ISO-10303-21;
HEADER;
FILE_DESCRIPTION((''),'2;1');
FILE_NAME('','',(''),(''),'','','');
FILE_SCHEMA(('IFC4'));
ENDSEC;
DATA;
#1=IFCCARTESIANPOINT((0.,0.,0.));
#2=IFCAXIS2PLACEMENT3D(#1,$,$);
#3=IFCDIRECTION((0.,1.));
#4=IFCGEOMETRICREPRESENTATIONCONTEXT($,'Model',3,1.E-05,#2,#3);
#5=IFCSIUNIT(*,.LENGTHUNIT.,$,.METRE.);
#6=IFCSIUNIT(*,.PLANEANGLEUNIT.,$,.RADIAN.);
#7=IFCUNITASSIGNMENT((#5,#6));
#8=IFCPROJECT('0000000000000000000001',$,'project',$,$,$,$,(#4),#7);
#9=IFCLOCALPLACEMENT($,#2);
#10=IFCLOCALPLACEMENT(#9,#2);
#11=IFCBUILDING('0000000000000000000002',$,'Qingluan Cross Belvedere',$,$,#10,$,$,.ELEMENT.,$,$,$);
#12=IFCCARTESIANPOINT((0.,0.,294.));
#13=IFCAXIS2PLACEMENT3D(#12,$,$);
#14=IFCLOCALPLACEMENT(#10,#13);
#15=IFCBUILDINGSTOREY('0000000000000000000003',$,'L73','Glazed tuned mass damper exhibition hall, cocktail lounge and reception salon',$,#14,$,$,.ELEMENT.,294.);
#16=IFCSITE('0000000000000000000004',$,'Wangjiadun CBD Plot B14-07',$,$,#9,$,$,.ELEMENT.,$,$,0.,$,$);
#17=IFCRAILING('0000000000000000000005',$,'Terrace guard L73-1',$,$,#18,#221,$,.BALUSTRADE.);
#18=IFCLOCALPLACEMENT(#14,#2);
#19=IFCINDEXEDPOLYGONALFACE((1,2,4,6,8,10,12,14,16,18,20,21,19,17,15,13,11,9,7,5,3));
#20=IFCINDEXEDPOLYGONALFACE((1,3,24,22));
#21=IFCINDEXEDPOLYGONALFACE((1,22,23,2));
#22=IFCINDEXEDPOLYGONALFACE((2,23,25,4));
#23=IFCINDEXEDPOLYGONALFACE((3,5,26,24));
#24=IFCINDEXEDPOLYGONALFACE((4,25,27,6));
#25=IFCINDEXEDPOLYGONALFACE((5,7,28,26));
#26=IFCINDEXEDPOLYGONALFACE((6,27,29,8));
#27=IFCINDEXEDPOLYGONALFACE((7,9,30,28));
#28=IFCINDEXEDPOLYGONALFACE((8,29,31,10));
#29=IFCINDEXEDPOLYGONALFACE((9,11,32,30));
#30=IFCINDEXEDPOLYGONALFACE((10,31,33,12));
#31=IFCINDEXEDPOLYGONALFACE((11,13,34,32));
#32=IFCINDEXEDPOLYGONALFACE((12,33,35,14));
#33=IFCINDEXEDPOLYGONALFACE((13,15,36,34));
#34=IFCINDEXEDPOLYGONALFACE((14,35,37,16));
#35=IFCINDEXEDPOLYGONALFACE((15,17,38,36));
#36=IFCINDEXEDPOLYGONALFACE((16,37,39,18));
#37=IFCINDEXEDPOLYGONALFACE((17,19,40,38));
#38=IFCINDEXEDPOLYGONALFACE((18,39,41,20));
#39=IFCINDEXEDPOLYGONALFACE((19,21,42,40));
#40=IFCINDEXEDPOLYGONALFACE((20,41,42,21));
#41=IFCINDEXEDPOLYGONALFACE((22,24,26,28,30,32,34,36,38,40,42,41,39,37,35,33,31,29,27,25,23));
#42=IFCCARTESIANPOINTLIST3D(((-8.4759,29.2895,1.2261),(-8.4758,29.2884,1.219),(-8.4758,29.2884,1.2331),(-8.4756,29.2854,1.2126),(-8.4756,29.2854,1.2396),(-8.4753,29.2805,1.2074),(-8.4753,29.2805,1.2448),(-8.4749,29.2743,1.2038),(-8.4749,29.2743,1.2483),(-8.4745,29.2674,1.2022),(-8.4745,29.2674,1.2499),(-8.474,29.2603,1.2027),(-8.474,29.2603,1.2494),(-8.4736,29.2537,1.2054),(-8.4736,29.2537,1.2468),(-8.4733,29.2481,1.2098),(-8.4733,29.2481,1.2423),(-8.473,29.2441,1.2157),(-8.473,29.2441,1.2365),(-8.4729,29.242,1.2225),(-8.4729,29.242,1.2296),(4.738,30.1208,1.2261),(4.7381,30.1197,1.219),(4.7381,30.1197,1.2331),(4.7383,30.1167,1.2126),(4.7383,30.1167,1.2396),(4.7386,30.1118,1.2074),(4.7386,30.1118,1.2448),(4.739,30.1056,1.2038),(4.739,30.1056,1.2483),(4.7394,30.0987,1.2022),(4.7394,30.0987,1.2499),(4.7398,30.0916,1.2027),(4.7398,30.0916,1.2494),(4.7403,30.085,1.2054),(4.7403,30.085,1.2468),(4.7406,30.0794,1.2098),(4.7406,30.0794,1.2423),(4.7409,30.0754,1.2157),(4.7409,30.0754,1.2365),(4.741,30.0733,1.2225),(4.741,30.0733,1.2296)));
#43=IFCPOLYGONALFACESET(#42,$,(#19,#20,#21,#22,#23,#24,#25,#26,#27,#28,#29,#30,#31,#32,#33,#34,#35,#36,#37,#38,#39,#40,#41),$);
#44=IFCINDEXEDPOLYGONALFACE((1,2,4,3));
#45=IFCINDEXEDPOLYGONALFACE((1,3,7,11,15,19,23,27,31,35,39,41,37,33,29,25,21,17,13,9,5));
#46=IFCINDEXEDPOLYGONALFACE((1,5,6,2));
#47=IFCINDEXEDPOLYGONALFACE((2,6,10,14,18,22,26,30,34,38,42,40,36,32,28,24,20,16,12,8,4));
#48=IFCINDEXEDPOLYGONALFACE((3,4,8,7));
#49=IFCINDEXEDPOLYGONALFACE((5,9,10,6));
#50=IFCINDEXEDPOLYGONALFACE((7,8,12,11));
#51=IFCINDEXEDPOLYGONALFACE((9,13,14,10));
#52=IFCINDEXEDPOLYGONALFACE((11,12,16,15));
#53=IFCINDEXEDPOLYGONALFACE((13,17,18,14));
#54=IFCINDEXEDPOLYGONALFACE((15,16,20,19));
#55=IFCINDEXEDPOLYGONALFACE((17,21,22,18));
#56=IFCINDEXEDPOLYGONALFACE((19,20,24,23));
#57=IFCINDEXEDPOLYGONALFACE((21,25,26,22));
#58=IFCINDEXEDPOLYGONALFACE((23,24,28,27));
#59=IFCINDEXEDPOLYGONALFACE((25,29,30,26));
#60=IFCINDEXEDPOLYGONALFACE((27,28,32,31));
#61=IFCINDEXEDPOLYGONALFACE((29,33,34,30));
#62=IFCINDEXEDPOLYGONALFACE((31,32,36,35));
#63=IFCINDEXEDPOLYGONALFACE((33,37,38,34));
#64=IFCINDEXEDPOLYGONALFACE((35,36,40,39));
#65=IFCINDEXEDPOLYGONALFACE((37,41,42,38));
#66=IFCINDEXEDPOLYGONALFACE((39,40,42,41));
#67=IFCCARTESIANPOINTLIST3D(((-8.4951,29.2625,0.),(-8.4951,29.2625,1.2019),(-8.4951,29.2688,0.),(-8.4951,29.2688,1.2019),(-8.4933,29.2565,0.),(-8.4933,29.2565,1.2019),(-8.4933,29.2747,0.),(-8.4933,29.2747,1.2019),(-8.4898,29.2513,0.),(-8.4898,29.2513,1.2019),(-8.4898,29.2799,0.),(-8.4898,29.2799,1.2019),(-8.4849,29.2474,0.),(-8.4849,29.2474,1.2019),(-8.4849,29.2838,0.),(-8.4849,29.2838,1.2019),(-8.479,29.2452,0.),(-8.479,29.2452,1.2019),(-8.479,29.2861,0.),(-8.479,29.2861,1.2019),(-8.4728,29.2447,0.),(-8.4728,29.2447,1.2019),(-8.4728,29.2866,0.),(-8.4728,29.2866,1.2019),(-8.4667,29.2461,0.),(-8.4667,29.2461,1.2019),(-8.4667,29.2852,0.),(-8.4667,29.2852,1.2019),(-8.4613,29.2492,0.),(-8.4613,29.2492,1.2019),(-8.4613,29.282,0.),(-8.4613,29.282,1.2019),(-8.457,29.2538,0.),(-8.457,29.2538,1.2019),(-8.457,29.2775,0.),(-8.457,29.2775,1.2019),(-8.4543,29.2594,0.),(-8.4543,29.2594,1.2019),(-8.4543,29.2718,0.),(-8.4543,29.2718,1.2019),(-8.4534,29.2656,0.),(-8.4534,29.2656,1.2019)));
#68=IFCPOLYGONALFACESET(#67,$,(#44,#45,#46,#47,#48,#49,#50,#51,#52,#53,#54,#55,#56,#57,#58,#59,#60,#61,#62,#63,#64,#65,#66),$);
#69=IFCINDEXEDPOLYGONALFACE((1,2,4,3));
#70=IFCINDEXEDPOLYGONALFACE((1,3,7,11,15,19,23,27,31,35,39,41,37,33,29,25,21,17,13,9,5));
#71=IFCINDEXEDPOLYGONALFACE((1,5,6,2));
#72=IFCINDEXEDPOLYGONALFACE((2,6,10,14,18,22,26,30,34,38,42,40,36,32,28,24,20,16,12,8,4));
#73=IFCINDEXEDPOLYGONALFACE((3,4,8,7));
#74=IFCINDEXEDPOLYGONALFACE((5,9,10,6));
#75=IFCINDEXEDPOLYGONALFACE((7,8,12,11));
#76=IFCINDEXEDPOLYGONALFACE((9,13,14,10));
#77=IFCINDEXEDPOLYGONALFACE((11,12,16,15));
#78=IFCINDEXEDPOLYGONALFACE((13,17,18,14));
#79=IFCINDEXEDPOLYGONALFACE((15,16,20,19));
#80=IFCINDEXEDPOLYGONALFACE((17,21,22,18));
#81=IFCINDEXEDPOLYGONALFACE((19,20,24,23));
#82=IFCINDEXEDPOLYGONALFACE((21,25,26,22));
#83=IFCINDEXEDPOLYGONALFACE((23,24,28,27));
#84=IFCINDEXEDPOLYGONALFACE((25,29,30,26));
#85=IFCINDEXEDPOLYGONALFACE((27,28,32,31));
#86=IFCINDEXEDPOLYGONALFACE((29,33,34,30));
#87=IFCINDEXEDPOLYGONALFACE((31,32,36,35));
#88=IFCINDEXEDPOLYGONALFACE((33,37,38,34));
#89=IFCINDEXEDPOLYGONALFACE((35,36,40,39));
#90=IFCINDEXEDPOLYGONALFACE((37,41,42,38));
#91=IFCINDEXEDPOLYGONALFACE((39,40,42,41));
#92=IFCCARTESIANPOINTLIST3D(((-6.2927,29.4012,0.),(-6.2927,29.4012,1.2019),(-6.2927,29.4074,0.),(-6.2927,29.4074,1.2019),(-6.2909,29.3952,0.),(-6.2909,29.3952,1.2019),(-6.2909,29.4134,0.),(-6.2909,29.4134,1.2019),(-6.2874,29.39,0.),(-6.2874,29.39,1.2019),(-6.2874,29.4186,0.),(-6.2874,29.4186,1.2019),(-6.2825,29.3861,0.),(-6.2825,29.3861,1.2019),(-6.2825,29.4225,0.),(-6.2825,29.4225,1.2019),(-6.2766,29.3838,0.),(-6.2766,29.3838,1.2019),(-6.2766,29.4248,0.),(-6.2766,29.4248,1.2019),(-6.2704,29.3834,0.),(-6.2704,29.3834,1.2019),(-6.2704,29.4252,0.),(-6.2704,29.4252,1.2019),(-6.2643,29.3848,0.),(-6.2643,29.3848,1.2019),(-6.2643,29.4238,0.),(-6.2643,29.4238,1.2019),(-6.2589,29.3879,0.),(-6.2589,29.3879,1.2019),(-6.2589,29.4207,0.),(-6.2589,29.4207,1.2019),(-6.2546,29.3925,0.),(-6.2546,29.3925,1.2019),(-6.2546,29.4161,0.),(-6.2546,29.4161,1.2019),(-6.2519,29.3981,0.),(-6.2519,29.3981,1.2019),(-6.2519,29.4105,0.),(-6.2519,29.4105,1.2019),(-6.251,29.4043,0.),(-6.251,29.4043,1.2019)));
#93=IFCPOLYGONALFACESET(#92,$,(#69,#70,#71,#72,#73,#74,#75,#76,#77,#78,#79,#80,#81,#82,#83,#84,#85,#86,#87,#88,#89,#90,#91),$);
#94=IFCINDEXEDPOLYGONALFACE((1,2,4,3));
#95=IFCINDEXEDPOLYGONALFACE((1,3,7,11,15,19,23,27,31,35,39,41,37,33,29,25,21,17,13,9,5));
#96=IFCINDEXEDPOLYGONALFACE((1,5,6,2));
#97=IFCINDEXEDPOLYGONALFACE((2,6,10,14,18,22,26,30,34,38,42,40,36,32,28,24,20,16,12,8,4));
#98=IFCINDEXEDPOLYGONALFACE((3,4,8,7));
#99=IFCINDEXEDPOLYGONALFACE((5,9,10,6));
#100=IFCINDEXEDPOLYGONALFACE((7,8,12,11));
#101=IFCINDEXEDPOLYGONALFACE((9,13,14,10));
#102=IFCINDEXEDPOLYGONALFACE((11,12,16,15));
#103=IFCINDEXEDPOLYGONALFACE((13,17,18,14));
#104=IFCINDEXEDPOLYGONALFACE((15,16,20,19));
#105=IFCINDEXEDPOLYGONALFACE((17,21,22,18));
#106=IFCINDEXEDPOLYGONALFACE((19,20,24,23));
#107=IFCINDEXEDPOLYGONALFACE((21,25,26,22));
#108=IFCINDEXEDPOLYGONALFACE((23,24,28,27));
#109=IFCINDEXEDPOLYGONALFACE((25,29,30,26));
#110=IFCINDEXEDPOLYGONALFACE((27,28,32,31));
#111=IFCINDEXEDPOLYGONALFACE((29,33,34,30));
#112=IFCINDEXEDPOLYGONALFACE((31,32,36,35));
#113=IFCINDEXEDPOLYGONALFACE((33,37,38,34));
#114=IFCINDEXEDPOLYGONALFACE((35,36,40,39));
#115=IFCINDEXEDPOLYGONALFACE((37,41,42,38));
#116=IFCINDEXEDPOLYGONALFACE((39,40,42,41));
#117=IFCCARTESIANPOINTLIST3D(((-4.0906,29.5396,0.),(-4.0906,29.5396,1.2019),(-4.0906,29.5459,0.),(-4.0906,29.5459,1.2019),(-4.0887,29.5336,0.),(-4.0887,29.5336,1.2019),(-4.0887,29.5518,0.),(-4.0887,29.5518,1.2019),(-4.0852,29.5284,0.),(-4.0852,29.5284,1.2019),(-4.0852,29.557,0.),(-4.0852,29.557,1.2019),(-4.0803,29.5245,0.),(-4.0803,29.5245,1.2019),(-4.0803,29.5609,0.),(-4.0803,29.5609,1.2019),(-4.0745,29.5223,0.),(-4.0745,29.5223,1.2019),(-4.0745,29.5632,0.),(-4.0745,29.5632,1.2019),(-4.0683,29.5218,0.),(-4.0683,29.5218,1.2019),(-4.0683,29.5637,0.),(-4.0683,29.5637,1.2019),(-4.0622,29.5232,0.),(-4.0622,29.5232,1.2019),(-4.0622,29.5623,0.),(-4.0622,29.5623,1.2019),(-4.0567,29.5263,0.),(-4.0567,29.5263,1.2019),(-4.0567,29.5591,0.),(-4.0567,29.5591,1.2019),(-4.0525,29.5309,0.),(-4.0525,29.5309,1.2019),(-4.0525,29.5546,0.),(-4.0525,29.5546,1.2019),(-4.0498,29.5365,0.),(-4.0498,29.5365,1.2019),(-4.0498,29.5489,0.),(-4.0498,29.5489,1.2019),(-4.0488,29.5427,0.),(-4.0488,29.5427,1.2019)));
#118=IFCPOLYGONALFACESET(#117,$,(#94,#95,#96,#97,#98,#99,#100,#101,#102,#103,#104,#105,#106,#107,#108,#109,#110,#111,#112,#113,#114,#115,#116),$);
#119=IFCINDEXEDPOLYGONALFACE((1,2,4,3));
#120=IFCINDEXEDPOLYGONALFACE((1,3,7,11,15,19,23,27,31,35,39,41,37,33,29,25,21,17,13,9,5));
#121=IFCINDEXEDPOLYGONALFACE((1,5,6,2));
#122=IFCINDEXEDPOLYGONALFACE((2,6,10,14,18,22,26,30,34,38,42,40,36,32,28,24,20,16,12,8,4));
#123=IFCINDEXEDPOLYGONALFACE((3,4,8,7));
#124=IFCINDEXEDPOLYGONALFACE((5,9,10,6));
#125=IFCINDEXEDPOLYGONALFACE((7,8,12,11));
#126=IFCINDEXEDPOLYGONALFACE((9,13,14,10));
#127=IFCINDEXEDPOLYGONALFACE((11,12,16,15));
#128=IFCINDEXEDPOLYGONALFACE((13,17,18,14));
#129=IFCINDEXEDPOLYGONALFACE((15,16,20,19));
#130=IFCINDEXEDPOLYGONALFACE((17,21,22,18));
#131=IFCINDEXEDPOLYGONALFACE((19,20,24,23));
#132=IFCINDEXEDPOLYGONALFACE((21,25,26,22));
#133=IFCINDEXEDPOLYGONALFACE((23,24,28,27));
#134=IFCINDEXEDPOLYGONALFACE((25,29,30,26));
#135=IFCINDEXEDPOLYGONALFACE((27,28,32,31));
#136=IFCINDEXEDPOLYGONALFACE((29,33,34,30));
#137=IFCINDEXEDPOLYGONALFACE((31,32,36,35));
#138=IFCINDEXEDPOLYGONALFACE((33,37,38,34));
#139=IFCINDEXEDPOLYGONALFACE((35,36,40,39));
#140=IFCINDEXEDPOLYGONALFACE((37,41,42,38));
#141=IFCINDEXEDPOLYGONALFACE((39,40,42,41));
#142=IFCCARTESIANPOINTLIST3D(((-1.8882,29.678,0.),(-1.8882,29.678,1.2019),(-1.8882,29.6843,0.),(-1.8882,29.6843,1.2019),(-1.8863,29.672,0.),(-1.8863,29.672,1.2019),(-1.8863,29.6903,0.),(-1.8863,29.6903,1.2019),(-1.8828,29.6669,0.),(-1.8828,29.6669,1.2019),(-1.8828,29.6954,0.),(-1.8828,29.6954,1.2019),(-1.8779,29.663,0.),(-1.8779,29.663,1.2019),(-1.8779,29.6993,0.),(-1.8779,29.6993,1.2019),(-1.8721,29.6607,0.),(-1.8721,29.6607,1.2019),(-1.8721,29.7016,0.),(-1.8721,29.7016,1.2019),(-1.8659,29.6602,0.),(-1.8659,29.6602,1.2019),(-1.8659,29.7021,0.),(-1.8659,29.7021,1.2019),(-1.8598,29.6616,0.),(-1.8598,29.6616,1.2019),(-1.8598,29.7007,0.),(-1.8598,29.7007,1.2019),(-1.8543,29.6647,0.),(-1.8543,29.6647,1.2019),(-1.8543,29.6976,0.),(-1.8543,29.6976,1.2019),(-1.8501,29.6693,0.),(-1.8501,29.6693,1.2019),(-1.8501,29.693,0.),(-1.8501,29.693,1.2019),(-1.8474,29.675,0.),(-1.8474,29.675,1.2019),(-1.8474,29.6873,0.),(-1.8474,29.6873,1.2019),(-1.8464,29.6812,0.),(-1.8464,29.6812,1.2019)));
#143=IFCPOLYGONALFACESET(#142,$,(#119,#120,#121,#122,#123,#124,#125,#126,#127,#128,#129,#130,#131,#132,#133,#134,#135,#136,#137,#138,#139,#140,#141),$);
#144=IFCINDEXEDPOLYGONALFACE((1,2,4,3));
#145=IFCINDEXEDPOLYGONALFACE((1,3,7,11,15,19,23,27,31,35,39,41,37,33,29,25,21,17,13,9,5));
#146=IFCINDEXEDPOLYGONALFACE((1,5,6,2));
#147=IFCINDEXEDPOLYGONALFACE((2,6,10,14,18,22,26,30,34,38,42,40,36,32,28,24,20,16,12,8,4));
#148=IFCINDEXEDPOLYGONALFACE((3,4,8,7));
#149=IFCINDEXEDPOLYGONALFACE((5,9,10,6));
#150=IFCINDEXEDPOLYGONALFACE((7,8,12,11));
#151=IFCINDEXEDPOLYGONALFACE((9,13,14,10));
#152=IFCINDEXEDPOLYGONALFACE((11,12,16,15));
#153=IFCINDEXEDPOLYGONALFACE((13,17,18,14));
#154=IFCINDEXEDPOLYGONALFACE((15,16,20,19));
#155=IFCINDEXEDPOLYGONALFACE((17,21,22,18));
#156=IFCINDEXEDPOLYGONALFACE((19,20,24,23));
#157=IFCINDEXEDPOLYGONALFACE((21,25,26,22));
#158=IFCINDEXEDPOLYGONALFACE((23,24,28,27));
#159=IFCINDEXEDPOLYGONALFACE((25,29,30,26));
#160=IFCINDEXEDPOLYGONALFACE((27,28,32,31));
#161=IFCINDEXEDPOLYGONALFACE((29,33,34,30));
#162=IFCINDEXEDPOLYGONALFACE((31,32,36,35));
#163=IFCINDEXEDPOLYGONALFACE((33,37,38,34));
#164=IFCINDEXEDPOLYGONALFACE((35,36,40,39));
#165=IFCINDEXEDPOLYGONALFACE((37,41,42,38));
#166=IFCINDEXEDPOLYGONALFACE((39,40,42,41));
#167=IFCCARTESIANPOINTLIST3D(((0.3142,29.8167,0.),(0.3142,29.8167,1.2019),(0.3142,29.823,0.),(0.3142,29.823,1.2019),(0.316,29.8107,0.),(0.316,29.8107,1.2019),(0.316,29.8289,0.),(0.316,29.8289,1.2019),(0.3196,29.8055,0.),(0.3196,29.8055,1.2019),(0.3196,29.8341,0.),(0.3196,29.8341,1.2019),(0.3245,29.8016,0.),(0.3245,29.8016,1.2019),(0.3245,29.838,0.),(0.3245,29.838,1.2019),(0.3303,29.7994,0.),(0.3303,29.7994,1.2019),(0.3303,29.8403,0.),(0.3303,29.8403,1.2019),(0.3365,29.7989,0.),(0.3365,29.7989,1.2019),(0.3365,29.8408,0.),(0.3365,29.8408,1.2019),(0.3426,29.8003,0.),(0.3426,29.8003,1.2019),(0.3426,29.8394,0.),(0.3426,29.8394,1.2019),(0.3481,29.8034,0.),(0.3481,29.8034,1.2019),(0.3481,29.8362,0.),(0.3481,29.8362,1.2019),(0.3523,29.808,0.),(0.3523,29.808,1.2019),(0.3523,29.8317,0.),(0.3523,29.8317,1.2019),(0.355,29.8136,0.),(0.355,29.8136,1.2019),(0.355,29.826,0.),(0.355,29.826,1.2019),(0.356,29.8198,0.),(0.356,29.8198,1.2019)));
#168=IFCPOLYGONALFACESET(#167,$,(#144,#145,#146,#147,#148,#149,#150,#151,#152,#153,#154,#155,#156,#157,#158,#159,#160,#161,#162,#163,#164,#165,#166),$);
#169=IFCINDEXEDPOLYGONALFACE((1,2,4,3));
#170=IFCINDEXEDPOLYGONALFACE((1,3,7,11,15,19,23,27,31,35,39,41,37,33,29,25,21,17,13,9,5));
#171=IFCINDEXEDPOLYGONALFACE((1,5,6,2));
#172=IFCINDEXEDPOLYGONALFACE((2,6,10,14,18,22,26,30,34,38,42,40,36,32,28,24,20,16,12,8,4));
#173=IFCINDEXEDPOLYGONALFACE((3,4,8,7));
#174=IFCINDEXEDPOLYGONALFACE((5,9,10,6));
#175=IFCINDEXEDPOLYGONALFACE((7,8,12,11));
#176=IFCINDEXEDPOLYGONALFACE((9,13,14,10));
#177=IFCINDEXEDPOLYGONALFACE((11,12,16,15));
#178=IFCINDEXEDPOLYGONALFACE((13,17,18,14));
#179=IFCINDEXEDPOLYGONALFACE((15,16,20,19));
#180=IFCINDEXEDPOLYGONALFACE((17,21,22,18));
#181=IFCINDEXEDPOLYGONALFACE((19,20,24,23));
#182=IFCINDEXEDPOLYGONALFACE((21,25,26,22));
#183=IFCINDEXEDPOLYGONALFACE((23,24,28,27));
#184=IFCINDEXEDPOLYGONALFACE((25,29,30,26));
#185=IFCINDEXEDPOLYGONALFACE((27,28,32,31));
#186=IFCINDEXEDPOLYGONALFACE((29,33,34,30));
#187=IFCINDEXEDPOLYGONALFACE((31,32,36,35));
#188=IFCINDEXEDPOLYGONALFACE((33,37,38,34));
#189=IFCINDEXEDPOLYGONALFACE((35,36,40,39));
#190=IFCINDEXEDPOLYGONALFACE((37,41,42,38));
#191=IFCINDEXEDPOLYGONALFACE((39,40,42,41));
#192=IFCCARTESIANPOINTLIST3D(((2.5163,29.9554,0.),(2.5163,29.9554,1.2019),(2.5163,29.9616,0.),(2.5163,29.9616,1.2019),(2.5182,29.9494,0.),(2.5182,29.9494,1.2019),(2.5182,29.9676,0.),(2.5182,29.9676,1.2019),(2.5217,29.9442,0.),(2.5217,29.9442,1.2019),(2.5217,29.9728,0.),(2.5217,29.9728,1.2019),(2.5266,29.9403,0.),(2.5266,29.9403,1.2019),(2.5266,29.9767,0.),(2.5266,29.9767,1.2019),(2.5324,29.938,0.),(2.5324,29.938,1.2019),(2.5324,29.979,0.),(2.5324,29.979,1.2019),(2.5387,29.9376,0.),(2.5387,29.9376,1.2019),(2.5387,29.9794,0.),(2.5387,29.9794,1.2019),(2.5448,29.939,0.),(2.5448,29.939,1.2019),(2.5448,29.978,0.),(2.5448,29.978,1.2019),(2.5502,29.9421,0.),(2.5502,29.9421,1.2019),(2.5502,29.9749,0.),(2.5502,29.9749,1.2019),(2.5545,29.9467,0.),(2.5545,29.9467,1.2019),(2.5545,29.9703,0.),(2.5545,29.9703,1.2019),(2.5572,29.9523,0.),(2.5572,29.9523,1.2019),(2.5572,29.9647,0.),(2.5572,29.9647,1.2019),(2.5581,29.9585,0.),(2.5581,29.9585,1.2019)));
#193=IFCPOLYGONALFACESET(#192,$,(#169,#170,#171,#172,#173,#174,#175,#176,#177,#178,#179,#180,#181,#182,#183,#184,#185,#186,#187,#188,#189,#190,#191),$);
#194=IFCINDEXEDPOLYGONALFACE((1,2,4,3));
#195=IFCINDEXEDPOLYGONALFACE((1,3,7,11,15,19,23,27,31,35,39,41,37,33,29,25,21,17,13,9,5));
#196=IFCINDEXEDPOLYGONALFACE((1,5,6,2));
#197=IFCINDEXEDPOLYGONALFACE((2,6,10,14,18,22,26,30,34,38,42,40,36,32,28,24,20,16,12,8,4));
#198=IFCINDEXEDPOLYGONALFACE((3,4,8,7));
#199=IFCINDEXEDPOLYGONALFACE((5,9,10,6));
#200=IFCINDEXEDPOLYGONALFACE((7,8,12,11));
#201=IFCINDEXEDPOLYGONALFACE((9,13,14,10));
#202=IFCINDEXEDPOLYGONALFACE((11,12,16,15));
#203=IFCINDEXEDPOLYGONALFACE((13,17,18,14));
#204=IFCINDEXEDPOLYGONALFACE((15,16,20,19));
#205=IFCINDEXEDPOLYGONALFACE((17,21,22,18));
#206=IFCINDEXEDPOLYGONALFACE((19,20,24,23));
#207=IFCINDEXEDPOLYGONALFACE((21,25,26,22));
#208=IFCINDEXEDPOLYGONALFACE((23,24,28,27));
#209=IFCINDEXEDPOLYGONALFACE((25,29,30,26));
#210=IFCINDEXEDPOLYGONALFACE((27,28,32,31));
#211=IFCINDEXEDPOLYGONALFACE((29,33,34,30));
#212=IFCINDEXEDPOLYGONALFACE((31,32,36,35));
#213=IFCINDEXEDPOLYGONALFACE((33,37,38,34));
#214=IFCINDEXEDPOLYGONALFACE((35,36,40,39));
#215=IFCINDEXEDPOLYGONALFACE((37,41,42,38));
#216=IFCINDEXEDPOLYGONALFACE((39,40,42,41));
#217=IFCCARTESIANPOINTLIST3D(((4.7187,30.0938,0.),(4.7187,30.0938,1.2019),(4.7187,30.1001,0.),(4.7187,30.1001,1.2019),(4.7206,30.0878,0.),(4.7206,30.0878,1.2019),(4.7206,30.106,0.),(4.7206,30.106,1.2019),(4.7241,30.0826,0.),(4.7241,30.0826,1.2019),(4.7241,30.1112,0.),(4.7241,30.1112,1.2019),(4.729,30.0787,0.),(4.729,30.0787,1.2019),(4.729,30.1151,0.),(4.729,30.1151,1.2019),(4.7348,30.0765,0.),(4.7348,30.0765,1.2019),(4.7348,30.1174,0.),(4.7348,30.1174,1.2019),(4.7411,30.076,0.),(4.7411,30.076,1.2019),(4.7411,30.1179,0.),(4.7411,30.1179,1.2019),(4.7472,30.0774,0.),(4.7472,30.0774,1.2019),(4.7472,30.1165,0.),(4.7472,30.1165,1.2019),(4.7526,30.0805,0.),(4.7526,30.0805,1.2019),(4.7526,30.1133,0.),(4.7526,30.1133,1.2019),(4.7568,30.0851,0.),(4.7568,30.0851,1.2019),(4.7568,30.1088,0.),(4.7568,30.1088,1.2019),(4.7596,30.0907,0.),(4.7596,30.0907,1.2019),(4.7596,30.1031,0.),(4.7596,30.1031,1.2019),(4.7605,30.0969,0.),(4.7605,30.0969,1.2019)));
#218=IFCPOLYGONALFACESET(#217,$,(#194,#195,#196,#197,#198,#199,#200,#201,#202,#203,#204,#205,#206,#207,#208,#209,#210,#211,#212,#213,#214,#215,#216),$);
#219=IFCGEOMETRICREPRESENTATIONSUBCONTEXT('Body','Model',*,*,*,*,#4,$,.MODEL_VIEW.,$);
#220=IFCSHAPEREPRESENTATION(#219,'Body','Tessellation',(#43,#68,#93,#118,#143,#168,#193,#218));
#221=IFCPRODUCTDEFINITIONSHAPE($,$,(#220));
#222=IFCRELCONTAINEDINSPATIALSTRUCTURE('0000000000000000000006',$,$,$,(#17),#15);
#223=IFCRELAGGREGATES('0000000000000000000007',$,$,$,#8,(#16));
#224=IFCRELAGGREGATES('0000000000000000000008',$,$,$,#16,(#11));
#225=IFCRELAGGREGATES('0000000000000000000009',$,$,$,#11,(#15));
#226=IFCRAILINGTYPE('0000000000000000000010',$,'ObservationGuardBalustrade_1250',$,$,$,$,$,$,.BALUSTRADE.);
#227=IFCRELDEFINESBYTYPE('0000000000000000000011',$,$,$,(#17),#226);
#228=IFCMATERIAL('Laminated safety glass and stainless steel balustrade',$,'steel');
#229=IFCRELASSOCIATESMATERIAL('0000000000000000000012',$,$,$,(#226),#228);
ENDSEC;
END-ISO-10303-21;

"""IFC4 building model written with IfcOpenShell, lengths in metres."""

from ifc_helpers import new_model, si_unit, direction, frame, origin, origin_2d, place, context, subcontext, project, spatial, circle, extrude, material, type_object, element, save


model = new_model("IFC4")

# Units and contexts
model_context = context("Model", 3, precision=1e-05, world=origin(), true_north=direction((0.0, 1.0)))
body_context = subcontext(model_context, "Body", "Model", "MODEL_VIEW")
ifc_project = project(units=[si_unit("LENGTHUNIT", "METRE"), si_unit("PLANEANGLEUNIT", "RADIAN")], contexts=[model_context])

# Site, building, storey
site_placement = place(None, origin())
site = spatial("IfcSite", under=ifc_project, at=site_placement, Name="Wangjiadun CBD Plot B14-07", CompositionType="ELEMENT", RefElevation=0.0)
building_placement = place(site_placement, origin())
building = spatial("IfcBuilding", under=site, at=building_placement, Name="Qingluan Cross Belvedere", CompositionType="ELEMENT")
storey_placement = place(building_placement, frame((0.0, 0.0, 294.0)))
storey = spatial("IfcBuildingStorey", under=building, at=storey_placement, Name="L73", Description="Glazed tuned mass damper exhibition hall, cocktail lounge and reception salon", CompositionType="ELEMENT", Elevation=294.0)

# Railing
ifc_material_1 = material(Name="Laminated safety glass and stainless steel balustrade", Category="steel")
railing_type = type_object("IfcRailingType", Name="ObservationGuardBalustrade_1250", PredefinedType="BALUSTRADE", material=ifc_material_1)
railing_placement = place(storey_placement, frame((-8.4744, 29.2656, 0.0)))
element("IfcRailing", 1, at=railing_placement, inside=storey, type_object=railing_type, Name="Terrace guard L73-1", PredefinedType="BALUSTRADE", context=body_context, shape_type="SweptSolid", body=[
    extrude(circle(Radius=0.0239, at=origin_2d()), frame((0.0, 0.0, 1.2261), z_axis=(0.998027, 0.062787, 0.0), x_axis=(-0.062787, 0.998027, 0.0)), (0.0, 0.0, 1.0), 13.24),
    extrude(circle(Radius=0.021, at=origin_2d()), origin(), (0.0, 0.0, 1.0), 1.2019),
    extrude(circle(Radius=0.021, at=origin_2d()), frame((2.2024, 0.1387, 0.0)), (0.0, 0.0, 1.0), 1.2019),
    extrude(circle(Radius=0.021, at=origin_2d()), frame((4.4045, 0.2771, 0.0)), (0.0, 0.0, 1.0), 1.2019),
    extrude(circle(Radius=0.021, at=origin_2d()), frame((6.6069, 0.4155, 0.0)), (0.0, 0.0, 1.0), 1.2019),
    extrude(circle(Radius=0.021, at=origin_2d()), frame((8.8093, 0.5542, 0.0)), (0.0, 0.0, 1.0), 1.2019),
    extrude(circle(Radius=0.021, at=origin_2d()), frame((11.0115, 0.6929, 0.0)), (0.0, 0.0, 1.0), 1.2019),
    extrude(circle(Radius=0.021, at=origin_2d()), frame((13.2139, 0.8313, 0.0)), (0.0, 0.0, 1.0), 1.2019),
])

save(model, "model.ifc")
